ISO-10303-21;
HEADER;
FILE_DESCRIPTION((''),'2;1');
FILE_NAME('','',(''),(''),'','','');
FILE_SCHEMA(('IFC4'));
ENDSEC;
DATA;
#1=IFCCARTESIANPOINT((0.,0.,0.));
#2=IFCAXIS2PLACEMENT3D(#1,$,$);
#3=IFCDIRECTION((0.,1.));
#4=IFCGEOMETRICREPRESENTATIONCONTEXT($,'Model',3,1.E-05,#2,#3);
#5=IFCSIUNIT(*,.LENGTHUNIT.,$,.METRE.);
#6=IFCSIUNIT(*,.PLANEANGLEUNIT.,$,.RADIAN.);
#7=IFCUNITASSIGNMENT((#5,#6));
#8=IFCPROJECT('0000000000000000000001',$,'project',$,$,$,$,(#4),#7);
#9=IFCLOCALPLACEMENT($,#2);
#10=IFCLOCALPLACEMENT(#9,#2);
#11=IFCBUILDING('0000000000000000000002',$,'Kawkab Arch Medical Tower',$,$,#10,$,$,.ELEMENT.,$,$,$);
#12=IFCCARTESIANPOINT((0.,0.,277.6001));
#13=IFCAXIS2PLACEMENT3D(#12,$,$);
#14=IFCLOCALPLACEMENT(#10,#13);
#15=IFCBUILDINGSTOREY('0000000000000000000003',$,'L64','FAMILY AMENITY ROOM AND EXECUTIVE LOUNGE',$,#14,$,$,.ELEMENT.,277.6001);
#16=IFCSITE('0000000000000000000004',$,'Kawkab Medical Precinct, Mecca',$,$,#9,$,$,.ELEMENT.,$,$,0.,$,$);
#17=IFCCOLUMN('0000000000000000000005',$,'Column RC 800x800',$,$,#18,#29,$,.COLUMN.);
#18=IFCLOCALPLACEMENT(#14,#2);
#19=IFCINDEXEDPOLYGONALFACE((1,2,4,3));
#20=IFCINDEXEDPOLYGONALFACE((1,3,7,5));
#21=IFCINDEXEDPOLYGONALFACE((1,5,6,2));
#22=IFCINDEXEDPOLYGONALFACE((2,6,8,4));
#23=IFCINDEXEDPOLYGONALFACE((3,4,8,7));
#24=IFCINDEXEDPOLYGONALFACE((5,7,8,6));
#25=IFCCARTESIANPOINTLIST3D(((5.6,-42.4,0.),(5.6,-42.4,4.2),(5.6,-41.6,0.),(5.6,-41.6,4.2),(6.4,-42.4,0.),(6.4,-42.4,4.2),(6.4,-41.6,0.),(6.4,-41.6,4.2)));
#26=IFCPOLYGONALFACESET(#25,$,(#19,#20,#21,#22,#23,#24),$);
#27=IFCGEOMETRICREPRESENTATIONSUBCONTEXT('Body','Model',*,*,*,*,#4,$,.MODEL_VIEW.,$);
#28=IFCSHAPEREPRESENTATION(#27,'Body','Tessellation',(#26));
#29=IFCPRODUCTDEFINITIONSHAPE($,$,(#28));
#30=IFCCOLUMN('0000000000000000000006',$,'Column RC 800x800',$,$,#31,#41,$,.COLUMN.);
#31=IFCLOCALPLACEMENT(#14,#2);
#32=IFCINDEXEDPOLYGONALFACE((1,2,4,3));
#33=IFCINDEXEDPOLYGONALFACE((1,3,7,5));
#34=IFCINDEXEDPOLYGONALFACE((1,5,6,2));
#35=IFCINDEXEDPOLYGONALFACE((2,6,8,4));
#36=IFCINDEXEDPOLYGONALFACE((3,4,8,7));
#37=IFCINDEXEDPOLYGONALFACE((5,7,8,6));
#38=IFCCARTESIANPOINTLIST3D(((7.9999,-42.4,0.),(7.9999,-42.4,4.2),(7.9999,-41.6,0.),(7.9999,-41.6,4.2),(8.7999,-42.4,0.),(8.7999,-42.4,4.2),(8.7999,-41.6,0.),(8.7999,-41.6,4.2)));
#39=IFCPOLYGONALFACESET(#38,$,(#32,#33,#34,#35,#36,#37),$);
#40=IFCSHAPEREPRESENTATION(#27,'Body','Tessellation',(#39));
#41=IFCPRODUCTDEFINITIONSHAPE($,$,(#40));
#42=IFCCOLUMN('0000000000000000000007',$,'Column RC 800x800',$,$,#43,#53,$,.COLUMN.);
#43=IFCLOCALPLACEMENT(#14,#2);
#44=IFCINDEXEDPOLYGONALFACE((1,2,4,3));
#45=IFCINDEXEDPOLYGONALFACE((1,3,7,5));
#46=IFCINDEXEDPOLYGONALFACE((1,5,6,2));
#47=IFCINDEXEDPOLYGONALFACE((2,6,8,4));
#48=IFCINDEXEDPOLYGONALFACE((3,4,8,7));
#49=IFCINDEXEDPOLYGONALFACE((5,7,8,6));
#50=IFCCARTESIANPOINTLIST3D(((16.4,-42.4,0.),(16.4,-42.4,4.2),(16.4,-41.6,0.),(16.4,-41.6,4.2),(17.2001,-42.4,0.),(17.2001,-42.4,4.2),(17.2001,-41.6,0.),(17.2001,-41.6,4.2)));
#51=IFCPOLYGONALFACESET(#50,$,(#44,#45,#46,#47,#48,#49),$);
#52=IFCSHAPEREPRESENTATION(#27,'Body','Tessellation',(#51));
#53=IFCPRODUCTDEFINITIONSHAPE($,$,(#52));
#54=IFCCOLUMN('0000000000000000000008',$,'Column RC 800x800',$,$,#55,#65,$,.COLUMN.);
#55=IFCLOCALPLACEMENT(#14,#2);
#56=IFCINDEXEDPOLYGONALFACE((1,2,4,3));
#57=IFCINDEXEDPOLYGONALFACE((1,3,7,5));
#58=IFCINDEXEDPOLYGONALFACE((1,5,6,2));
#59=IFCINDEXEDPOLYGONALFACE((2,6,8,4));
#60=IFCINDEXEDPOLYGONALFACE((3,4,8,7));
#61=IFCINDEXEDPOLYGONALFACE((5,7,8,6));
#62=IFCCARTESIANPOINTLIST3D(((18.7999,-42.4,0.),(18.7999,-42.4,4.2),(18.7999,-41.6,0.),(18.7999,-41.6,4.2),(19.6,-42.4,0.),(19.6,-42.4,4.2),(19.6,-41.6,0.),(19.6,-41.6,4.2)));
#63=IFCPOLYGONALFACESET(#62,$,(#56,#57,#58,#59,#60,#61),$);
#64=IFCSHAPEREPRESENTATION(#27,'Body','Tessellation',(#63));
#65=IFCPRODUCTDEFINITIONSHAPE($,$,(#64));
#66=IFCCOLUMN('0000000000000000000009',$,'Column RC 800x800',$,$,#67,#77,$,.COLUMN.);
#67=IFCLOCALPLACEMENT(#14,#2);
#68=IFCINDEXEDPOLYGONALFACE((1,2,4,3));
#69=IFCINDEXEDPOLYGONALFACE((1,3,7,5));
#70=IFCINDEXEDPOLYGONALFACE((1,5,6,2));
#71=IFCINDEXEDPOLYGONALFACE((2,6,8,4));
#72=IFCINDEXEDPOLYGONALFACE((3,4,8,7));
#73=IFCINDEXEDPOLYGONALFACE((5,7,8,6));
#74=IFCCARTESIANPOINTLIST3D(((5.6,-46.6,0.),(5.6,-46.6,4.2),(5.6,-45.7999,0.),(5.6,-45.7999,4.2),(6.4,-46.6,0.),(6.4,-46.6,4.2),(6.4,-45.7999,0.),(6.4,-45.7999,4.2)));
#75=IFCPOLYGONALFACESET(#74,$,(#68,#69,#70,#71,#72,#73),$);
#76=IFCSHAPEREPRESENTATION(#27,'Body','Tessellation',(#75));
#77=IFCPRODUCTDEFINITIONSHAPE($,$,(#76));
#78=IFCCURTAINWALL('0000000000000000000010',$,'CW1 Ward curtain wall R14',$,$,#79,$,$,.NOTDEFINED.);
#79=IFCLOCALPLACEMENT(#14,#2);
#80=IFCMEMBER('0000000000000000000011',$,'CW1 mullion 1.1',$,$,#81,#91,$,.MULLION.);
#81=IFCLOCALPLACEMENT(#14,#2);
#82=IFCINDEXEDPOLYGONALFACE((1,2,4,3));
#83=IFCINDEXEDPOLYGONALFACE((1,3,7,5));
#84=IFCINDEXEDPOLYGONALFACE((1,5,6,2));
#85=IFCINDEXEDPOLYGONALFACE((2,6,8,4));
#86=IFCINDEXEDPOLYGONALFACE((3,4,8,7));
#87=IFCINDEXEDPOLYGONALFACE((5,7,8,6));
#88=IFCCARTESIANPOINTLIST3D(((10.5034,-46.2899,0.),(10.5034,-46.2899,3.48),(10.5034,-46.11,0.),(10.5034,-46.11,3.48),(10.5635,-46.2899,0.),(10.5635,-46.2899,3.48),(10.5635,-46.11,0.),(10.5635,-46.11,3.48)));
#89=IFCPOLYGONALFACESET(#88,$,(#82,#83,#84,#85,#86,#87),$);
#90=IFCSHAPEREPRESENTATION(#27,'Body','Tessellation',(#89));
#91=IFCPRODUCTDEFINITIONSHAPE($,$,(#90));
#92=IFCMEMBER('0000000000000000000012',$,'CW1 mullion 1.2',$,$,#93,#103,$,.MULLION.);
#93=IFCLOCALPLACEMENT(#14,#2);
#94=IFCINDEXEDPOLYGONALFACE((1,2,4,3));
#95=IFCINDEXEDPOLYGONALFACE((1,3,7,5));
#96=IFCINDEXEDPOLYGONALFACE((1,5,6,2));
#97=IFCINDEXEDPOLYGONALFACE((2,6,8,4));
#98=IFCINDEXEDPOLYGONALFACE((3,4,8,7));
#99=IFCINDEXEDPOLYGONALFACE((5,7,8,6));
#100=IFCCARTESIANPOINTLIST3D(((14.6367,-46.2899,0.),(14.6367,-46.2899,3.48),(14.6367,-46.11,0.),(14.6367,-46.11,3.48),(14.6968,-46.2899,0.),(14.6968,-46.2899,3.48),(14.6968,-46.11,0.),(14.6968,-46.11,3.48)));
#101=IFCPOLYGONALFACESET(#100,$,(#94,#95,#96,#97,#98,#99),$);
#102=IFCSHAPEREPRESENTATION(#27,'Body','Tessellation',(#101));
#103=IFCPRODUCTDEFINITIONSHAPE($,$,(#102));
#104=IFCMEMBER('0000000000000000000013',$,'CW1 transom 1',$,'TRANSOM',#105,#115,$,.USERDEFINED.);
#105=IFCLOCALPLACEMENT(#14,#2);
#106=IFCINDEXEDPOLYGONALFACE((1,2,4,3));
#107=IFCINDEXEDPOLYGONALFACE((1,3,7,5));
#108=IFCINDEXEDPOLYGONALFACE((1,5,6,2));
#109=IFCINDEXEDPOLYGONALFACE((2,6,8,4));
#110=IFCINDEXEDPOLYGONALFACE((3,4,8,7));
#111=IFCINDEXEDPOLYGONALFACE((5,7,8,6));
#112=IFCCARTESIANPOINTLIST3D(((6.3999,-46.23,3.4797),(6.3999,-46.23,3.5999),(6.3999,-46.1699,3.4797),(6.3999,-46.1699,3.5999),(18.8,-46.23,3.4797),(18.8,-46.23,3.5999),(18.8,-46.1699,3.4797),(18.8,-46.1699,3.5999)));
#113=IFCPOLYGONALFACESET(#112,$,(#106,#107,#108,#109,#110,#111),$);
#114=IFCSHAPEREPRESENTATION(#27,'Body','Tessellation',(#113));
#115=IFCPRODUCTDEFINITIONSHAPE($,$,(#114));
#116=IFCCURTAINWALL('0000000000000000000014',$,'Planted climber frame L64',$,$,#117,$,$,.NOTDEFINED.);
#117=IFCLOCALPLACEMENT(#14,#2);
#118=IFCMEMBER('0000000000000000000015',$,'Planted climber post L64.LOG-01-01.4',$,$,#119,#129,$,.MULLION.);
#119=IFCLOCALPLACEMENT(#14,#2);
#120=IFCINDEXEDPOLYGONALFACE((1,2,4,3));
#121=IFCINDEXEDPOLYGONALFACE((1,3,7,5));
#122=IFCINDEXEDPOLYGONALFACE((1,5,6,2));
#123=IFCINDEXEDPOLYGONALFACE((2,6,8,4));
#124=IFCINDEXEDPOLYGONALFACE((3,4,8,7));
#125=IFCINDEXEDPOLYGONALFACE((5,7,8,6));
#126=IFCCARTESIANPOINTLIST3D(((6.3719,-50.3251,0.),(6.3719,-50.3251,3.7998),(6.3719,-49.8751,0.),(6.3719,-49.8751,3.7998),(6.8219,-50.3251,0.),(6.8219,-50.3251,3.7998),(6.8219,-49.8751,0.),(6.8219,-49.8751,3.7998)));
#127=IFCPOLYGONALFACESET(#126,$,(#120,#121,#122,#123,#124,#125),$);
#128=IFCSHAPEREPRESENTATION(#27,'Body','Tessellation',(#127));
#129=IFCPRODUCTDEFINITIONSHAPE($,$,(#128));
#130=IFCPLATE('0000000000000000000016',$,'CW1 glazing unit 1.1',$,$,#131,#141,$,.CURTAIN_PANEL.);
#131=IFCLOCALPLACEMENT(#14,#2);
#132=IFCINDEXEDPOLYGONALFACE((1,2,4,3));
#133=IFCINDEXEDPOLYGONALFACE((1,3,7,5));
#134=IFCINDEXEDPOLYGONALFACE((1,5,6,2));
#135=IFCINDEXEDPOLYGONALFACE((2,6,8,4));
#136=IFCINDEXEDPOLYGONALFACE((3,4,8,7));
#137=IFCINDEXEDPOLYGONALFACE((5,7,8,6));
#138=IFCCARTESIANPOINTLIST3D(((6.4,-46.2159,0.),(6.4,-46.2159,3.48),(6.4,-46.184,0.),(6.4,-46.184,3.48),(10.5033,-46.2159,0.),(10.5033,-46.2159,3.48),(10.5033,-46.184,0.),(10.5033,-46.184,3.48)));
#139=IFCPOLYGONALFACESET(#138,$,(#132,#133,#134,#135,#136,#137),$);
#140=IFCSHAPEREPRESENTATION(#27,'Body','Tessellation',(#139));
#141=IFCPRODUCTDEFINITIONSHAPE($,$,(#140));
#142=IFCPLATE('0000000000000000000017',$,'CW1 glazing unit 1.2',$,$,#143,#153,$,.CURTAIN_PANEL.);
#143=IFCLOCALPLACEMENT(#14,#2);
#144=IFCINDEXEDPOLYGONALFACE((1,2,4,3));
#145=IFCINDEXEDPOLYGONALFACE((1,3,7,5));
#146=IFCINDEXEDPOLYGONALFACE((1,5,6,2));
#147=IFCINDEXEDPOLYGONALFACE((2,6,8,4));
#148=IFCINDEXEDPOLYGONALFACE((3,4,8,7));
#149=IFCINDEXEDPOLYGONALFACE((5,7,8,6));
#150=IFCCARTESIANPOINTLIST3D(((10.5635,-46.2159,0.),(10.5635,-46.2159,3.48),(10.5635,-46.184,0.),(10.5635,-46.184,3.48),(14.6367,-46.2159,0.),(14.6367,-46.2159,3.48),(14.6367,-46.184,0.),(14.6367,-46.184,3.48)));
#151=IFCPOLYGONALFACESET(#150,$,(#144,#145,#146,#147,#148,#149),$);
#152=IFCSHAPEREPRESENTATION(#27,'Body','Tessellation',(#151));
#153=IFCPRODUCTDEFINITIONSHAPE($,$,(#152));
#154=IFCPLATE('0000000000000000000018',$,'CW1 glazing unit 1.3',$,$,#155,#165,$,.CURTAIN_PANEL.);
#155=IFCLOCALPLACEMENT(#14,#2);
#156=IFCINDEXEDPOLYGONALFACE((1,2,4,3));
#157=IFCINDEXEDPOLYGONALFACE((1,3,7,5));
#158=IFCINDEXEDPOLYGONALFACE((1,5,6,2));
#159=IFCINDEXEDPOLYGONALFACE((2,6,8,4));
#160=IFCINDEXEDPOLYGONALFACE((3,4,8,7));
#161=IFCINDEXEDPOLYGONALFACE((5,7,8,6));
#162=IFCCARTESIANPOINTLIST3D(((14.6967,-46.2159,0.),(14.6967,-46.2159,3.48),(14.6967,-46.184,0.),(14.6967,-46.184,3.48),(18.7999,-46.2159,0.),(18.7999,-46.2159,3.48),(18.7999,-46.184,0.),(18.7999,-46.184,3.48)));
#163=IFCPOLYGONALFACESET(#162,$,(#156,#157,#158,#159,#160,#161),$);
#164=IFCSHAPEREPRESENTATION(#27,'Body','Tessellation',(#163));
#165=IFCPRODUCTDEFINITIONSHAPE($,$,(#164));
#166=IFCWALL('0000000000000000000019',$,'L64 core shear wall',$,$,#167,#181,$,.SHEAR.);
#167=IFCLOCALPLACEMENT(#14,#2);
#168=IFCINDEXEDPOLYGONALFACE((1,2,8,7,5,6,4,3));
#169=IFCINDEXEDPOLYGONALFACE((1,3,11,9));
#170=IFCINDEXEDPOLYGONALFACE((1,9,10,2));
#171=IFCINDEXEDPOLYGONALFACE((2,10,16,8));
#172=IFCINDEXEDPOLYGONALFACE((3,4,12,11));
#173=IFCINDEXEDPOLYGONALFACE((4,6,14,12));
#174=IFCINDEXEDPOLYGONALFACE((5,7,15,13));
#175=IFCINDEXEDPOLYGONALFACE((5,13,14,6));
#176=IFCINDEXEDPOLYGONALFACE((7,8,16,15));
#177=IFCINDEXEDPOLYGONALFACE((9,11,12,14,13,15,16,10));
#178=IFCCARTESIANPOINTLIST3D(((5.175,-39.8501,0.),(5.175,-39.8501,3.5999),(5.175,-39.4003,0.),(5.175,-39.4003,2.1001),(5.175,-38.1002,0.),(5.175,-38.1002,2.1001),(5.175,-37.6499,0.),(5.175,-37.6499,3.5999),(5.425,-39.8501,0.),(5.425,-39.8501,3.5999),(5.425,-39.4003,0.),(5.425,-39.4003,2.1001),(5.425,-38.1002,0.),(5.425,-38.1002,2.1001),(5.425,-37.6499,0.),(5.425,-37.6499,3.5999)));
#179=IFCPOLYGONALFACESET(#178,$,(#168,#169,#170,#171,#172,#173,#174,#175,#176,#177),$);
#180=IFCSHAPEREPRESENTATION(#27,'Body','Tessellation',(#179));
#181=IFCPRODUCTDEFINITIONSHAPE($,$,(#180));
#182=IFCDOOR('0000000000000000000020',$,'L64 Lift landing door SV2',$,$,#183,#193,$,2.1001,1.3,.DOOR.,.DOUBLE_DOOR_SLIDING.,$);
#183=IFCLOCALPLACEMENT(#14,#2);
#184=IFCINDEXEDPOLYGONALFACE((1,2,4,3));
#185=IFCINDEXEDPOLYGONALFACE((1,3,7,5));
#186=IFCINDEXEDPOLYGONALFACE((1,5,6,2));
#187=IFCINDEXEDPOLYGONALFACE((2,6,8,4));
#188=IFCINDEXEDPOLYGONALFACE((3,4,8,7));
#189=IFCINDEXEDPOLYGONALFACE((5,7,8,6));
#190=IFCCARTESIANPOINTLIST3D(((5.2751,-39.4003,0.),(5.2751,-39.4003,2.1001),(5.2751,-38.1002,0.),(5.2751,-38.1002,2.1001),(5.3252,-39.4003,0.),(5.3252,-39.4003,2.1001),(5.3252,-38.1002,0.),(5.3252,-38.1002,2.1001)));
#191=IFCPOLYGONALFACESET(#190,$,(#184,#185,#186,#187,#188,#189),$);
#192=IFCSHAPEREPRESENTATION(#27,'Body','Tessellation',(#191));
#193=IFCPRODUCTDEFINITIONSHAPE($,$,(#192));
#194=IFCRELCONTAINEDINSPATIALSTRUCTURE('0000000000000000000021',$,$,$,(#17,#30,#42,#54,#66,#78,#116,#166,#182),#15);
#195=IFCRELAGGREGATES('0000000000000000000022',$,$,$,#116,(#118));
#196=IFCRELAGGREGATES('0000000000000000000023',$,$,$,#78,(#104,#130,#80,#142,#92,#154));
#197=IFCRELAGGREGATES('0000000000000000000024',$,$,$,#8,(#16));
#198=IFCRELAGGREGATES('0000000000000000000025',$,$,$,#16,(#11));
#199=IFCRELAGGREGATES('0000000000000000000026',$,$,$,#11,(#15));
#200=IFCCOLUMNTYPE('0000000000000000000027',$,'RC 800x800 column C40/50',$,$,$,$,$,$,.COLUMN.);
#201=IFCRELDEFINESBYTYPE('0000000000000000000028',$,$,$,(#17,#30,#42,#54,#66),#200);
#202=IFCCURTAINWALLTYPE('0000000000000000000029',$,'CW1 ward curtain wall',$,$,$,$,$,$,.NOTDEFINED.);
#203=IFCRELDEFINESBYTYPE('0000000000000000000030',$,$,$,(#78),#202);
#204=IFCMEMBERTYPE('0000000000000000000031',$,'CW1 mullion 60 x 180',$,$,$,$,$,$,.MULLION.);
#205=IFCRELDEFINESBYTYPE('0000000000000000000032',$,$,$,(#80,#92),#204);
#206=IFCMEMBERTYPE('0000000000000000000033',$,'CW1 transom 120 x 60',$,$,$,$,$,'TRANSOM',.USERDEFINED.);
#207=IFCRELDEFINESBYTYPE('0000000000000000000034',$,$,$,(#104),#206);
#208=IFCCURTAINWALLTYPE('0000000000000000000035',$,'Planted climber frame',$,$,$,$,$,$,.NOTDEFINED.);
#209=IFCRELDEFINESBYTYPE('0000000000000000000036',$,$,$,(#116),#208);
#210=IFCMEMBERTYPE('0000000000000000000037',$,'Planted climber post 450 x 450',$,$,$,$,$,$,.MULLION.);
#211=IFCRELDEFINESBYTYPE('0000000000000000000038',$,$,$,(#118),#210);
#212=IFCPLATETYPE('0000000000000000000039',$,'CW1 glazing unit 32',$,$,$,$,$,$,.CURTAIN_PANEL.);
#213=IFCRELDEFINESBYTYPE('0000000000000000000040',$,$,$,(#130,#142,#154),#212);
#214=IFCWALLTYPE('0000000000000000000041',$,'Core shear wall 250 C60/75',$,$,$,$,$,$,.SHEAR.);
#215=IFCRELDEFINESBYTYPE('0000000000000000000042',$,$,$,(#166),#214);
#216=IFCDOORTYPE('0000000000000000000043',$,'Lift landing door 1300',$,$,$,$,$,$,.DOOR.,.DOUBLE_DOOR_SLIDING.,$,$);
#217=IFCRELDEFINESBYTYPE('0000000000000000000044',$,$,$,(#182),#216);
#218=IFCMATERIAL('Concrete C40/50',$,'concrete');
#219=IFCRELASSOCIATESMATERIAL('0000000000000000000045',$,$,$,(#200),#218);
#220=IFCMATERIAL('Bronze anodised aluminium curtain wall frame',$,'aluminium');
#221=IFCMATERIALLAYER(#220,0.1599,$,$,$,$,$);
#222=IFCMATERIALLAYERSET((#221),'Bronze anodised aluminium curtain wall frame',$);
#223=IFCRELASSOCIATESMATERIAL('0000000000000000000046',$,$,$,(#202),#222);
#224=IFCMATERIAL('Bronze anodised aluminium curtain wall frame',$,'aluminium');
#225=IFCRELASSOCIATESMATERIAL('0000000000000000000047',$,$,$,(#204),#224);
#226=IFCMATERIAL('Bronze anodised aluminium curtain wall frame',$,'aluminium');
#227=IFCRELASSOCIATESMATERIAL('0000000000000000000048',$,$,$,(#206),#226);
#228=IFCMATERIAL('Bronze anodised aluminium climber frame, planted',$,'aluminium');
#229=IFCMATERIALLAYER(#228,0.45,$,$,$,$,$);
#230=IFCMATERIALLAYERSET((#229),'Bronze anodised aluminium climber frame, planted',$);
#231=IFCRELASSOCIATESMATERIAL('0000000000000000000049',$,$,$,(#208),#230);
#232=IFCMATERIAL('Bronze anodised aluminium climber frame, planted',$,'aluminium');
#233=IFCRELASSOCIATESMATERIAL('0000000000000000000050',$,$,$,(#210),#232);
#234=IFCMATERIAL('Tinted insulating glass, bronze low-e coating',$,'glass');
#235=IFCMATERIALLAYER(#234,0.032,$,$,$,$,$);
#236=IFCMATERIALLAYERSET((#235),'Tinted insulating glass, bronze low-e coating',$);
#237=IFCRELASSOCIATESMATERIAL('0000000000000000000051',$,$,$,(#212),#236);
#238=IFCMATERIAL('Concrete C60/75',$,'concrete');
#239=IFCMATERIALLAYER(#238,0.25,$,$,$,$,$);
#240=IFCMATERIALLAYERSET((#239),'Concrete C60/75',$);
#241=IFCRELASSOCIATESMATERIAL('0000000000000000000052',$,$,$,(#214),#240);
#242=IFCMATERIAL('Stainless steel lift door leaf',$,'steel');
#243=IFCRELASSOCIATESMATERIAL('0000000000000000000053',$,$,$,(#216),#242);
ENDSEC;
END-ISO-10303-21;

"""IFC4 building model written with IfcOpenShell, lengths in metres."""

from ifc_helpers import new_model, si_unit, direction, frame, frame_2d, origin, origin_2d, place, context, subcontext, project, spatial, rectangle, extrude, material, layer, layer_set, material_profile, profile_set, type_object, element, fill, aggregate, save


model = new_model("IFC4")

# Units and contexts
model_context = context("Model", 3, precision=1e-05, world=origin(), true_north=direction((0.0, 1.0)))
body_context = subcontext(model_context, "Body", "Model", "MODEL_VIEW")
ifc_project = project(units=[si_unit("LENGTHUNIT", "METRE"), si_unit("PLANEANGLEUNIT", "RADIAN")], contexts=[model_context])

# Site, building, storey
site_placement = place(None, origin())
site = spatial("IfcSite", under=ifc_project, at=site_placement, Name="Kawkab Medical Precinct, Mecca", CompositionType="ELEMENT", RefElevation=0.0)
building_placement = place(site_placement, origin())
building = spatial("IfcBuilding", under=site, at=building_placement, Name="Kawkab Arch Medical Tower", CompositionType="ELEMENT")
storey_placement = place(building_placement, frame((0.0, 0.0, 277.6001)))
storey = spatial("IfcBuildingStorey", under=building, at=storey_placement, Name="L64", Description="FAMILY AMENITY ROOM AND EXECUTIVE LOUNGE", CompositionType="ELEMENT", Elevation=277.6001)

# Columns
ifc_material_1 = material(Name="Concrete C40/50", Category="concrete")
ifc_material_profile_1 = material_profile(ifc_material_1, rectangle(XDim=0.8, YDim=0.8, at=origin_2d()), Name="RC 800x800")
ifc_profile_set_1 = profile_set([ifc_material_profile_1], Name="Concrete C40/50")
column_type = type_object("IfcColumnType", Name="RC 800x800 column C40/50", PredefinedType="COLUMN", material=ifc_profile_set_1)
for number, where, z_axis, x_axis, name in (
    (1, (6.0, -42.0, 0.0), (0.0, 0.0, 1.0), (1.0, 0.0, 0.0), "Column RC 800x800"),
    (2, (8.3999, -42.0, 0.0), (0.0, 0.0, 1.0), (1.0, 0.0, 0.0), "Column RC 800x800"),
    (3, (16.8, -42.0, 0.0), (0.0, 0.0, 1.0), (1.0, 0.0, 0.0), "Column RC 800x800"),
    (4, (19.2, -42.0, 0.0), (0.0, 0.0, 1.0), (1.0, 0.0, 0.0), "Column RC 800x800"),
    (5, (6.0, -46.2, 0.0), (0.0, 0.0, 1.0), (1.0, 0.0, 0.0), "Column RC 800x800"),
):
    element("IfcColumn", number, at=place(storey_placement, frame(where, z_axis=z_axis, x_axis=x_axis)), inside=storey, type_object=column_type, Name=name, PredefinedType="COLUMN", context=body_context, shape_type="SweptSolid", body=[
        extrude(rectangle(XDim=0.8, YDim=0.8, at=origin_2d()), origin(), (0.0, 0.0, 1.0), 4.2),
    ])

# Curtain wall, members
ifc_material_2 = material(Name="Bronze anodised aluminium curtain wall frame", Category="aluminium")
ifc_layer_1 = layer(ifc_material_2, 0.1599)
ifc_layer_set_1 = layer_set([ifc_layer_1], Name="Bronze anodised aluminium curtain wall frame")
curtain_wall_type_1 = type_object("IfcCurtainWallType", Name="CW1 ward curtain wall", PredefinedType="NOTDEFINED", material=ifc_layer_set_1)
placement = place(storey_placement, origin())
curtain_wall_1 = element("IfcCurtainWall", 6, at=placement, inside=storey, type_object=curtain_wall_type_1, Name="CW1 Ward curtain wall R14", PredefinedType="NOTDEFINED")
ifc_material_3 = material(Name="Bronze anodised aluminium curtain wall frame", Category="aluminium")
ifc_material_profile_2 = material_profile(ifc_material_3, rectangle(XDim=0.1799, YDim=0.0601, at=origin_2d()), Name="AL 60x180")
ifc_profile_set_2 = profile_set([ifc_material_profile_2], Name="Bronze anodised aluminium curtain wall frame")
member_type_1 = type_object("IfcMemberType", Name="CW1 mullion 60 x 180", PredefinedType="MULLION", material=ifc_profile_set_2)
member_1_placement = place(storey_placement, frame((10.5334, -46.2, 0.0), z_axis=(0.0, 0.0, 1.0), x_axis=(0.0, 1.0, 0.0)))
member_1 = element("IfcMember", 7, at=member_1_placement, type_object=member_type_1, Name="CW1 mullion 1.1", PredefinedType="MULLION", context=body_context, shape_type="SweptSolid", body=[
    extrude(rectangle(XDim=0.1799, YDim=0.0601, at=origin_2d()), origin(), (0.0, 0.0, 1.0), 3.48),
])
member_2_placement = place(storey_placement, frame((14.6667, -46.2, 0.0), z_axis=(0.0, 0.0, 1.0), x_axis=(0.0, 1.0, 0.0)))
member_2 = element("IfcMember", 8, at=member_2_placement, type_object=member_type_1, Name="CW1 mullion 1.2", PredefinedType="MULLION", context=body_context, shape_type="SweptSolid", body=[
    extrude(rectangle(XDim=0.1799, YDim=0.0601, at=origin_2d()), origin(), (0.0, 0.0, 1.0), 3.48),
])
ifc_material_4 = material(Name="Bronze anodised aluminium curtain wall frame", Category="aluminium")
ifc_material_profile_3 = material_profile(ifc_material_4, rectangle(XDim=0.0601, YDim=0.1201, at=origin_2d()), Name="AL 60x120")
ifc_profile_set_3 = profile_set([ifc_material_profile_3], Name="Bronze anodised aluminium curtain wall frame")
member_type_2 = type_object("IfcMemberType", Name="CW1 transom 120 x 60", ElementType="TRANSOM", PredefinedType="USERDEFINED", material=ifc_profile_set_3)
member_3_placement = place(storey_placement, frame((6.3999, -46.2, 3.5398), z_axis=(1.0, 0.0, 0.0), x_axis=(0.0, 1.0, 0.0)))
member_3 = element("IfcMember", 9, at=member_3_placement, type_object=member_type_2, Name="CW1 transom 1", ObjectType="TRANSOM", PredefinedType="USERDEFINED", context=body_context, shape_type="SweptSolid", body=[
    extrude(rectangle(XDim=0.0601, YDim=0.1201, at=origin_2d()), origin(), (0.0, 0.0, 1.0), 12.4001),
])

# Curtain wall, member
ifc_material_5 = material(Name="Bronze anodised aluminium climber frame, planted", Category="aluminium")
ifc_layer_2 = layer(ifc_material_5, 0.45)
ifc_layer_set_2 = layer_set([ifc_layer_2], Name="Bronze anodised aluminium climber frame, planted")
curtain_wall_type_2 = type_object("IfcCurtainWallType", Name="Planted climber frame", PredefinedType="NOTDEFINED", material=ifc_layer_set_2)
curtain_wall_2 = element("IfcCurtainWall", 10, at=placement, inside=storey, type_object=curtain_wall_type_2, Name="Planted climber frame L64", PredefinedType="NOTDEFINED")
ifc_material_6 = material(Name="Bronze anodised aluminium climber frame, planted", Category="aluminium")
ifc_material_profile_4 = material_profile(ifc_material_6, rectangle(XDim=0.45, YDim=0.45, at=origin_2d()), Name="Post 450x450")
ifc_profile_set_4 = profile_set([ifc_material_profile_4], Name="Bronze anodised aluminium climber frame, planted")
member_type_3 = type_object("IfcMemberType", Name="Planted climber post 450 x 450", PredefinedType="MULLION", material=ifc_profile_set_4)
member_4_placement = place(storey_placement, frame((6.5969, -50.1001, 0.0), z_axis=(0.0, 0.0, 1.0), x_axis=(1.0, 0.0, 0.0)))
member_4 = element("IfcMember", 11, at=member_4_placement, type_object=member_type_3, Name="Planted climber post L64.LOG-01-01.4", PredefinedType="MULLION", context=body_context, shape_type="SweptSolid", body=[
    extrude(rectangle(XDim=0.45, YDim=0.45, at=origin_2d()), origin(), (0.0, 0.0, 1.0), 3.7998),
])
aggregate(curtain_wall_2, [member_4])

# Plates
ifc_material_7 = material(Name="Tinted insulating glass, bronze low-e coating", Category="glass")
ifc_layer_3 = layer(ifc_material_7, 0.032)
ifc_layer_set_3 = layer_set([ifc_layer_3], Name="Tinted insulating glass, bronze low-e coating")
plate_type = type_object("IfcPlateType", Name="CW1 glazing unit 32", PredefinedType="CURTAIN_PANEL", material=ifc_layer_set_3)
plate_1_placement = place(storey_placement, frame((8.4517, -46.2, 0.0), z_axis=(0.0, 0.0, 1.0), x_axis=(1.0, 0.0, 0.0)))
plate_1 = element("IfcPlate", 12, at=plate_1_placement, type_object=plate_type, Name="CW1 glazing unit 1.1", PredefinedType="CURTAIN_PANEL", context=body_context, shape_type="SweptSolid", body=[
    extrude(rectangle(XDim=4.1033, YDim=0.032, at=origin_2d()), origin(), (0.0, 0.0, 1.0), 3.48),
])
plate_2_placement = place(storey_placement, frame((12.6001, -46.2, 0.0), z_axis=(0.0, 0.0, 1.0), x_axis=(1.0, 0.0, 0.0)))
plate_2 = element("IfcPlate", 13, at=plate_2_placement, type_object=plate_type, Name="CW1 glazing unit 1.2", PredefinedType="CURTAIN_PANEL", context=body_context, shape_type="SweptSolid", body=[
    extrude(rectangle(XDim=4.0732, YDim=0.032, at=origin_2d()), origin(), (0.0, 0.0, 1.0), 3.48),
])
plate_3_placement = place(storey_placement, frame((16.7483, -46.2, 0.0), z_axis=(0.0, 0.0, 1.0), x_axis=(1.0, 0.0, 0.0)))
plate_3 = element("IfcPlate", 14, at=plate_3_placement, type_object=plate_type, Name="CW1 glazing unit 1.3", PredefinedType="CURTAIN_PANEL", context=body_context, shape_type="SweptSolid", body=[
    extrude(rectangle(XDim=4.1033, YDim=0.032, at=origin_2d()), origin(), (0.0, 0.0, 1.0), 3.48),
])
aggregate(curtain_wall_1, [member_3, plate_1, member_1, plate_2, member_2, plate_3])

# Wall, opening, door
ifc_material_8 = material(Name="Concrete C60/75", Category="concrete")
ifc_layer_4 = layer(ifc_material_8, 0.25)
ifc_layer_set_4 = layer_set([ifc_layer_4], Name="Concrete C60/75")
wall_type_1 = type_object("IfcWallType", Name="Core shear wall 250 C60/75", PredefinedType="SHEAR", material=ifc_layer_set_4)
wall_1_placement = place(storey_placement, frame((5.3, -39.8501, 0.0), z_axis=(0.0, 0.0, 1.0), x_axis=(0.0, 1.0, 0.0)))
wall_1 = element("IfcWall", 15, at=wall_1_placement, inside=storey, type_object=wall_type_1, Name="L64 core shear wall", PredefinedType="SHEAR", context=body_context, shape_type="SweptSolid", body=[
    extrude(rectangle(XDim=2.2002, YDim=0.25, at=frame_2d((1.1001, 0.0))), origin(), (0.0, 0.0, 1.0), 3.5999),
])
opening_1_placement = place(wall_1_placement, frame((0.45, 0.0, 0.0)))
opening_1 = element("IfcOpeningElement", 16, at=opening_1_placement, cuts=wall_1, PredefinedType="OPENING", context=body_context, shape_type="SweptSolid", body=[
    extrude(rectangle(XDim=1.3, YDim=2.1001, at=frame_2d((0.6499, 1.05))), frame((0.0, 0.135, 0.0), z_axis=(0.0, -1.0, 0.0), x_axis=(1.0, 0.0, 0.0)), (0.0, 0.0, 1.0), 0.27),
])
ifc_material_9 = material(Name="Stainless steel lift door leaf", Category="steel")
door_type_1 = type_object("IfcDoorType", Name="Lift landing door 1300", OperationType="DOUBLE_DOOR_SLIDING", PredefinedType="DOOR", material=ifc_material_9)
door_1_placement = place(opening_1_placement, origin())
door_1 = element("IfcDoor", 17, at=door_1_placement, inside=storey, type_object=door_type_1, Name="L64 Lift landing door SV2", OperationType="DOUBLE_DOOR_SLIDING", OverallHeight=2.1001, OverallWidth=1.3, PredefinedType="DOOR", context=body_context, shape_type="SweptSolid", body=[
    extrude(rectangle(XDim=1.3, YDim=2.1001, at=frame_2d((0.6499, 1.05))), frame((0.0, 0.0249, 0.0), z_axis=(0.0, -1.0, 0.0), x_axis=(1.0, 0.0, 0.0)), (0.0, 0.0, 1.0), 0.05),
])
fill(opening_1, door_1)

save(model, "model.ifc")
